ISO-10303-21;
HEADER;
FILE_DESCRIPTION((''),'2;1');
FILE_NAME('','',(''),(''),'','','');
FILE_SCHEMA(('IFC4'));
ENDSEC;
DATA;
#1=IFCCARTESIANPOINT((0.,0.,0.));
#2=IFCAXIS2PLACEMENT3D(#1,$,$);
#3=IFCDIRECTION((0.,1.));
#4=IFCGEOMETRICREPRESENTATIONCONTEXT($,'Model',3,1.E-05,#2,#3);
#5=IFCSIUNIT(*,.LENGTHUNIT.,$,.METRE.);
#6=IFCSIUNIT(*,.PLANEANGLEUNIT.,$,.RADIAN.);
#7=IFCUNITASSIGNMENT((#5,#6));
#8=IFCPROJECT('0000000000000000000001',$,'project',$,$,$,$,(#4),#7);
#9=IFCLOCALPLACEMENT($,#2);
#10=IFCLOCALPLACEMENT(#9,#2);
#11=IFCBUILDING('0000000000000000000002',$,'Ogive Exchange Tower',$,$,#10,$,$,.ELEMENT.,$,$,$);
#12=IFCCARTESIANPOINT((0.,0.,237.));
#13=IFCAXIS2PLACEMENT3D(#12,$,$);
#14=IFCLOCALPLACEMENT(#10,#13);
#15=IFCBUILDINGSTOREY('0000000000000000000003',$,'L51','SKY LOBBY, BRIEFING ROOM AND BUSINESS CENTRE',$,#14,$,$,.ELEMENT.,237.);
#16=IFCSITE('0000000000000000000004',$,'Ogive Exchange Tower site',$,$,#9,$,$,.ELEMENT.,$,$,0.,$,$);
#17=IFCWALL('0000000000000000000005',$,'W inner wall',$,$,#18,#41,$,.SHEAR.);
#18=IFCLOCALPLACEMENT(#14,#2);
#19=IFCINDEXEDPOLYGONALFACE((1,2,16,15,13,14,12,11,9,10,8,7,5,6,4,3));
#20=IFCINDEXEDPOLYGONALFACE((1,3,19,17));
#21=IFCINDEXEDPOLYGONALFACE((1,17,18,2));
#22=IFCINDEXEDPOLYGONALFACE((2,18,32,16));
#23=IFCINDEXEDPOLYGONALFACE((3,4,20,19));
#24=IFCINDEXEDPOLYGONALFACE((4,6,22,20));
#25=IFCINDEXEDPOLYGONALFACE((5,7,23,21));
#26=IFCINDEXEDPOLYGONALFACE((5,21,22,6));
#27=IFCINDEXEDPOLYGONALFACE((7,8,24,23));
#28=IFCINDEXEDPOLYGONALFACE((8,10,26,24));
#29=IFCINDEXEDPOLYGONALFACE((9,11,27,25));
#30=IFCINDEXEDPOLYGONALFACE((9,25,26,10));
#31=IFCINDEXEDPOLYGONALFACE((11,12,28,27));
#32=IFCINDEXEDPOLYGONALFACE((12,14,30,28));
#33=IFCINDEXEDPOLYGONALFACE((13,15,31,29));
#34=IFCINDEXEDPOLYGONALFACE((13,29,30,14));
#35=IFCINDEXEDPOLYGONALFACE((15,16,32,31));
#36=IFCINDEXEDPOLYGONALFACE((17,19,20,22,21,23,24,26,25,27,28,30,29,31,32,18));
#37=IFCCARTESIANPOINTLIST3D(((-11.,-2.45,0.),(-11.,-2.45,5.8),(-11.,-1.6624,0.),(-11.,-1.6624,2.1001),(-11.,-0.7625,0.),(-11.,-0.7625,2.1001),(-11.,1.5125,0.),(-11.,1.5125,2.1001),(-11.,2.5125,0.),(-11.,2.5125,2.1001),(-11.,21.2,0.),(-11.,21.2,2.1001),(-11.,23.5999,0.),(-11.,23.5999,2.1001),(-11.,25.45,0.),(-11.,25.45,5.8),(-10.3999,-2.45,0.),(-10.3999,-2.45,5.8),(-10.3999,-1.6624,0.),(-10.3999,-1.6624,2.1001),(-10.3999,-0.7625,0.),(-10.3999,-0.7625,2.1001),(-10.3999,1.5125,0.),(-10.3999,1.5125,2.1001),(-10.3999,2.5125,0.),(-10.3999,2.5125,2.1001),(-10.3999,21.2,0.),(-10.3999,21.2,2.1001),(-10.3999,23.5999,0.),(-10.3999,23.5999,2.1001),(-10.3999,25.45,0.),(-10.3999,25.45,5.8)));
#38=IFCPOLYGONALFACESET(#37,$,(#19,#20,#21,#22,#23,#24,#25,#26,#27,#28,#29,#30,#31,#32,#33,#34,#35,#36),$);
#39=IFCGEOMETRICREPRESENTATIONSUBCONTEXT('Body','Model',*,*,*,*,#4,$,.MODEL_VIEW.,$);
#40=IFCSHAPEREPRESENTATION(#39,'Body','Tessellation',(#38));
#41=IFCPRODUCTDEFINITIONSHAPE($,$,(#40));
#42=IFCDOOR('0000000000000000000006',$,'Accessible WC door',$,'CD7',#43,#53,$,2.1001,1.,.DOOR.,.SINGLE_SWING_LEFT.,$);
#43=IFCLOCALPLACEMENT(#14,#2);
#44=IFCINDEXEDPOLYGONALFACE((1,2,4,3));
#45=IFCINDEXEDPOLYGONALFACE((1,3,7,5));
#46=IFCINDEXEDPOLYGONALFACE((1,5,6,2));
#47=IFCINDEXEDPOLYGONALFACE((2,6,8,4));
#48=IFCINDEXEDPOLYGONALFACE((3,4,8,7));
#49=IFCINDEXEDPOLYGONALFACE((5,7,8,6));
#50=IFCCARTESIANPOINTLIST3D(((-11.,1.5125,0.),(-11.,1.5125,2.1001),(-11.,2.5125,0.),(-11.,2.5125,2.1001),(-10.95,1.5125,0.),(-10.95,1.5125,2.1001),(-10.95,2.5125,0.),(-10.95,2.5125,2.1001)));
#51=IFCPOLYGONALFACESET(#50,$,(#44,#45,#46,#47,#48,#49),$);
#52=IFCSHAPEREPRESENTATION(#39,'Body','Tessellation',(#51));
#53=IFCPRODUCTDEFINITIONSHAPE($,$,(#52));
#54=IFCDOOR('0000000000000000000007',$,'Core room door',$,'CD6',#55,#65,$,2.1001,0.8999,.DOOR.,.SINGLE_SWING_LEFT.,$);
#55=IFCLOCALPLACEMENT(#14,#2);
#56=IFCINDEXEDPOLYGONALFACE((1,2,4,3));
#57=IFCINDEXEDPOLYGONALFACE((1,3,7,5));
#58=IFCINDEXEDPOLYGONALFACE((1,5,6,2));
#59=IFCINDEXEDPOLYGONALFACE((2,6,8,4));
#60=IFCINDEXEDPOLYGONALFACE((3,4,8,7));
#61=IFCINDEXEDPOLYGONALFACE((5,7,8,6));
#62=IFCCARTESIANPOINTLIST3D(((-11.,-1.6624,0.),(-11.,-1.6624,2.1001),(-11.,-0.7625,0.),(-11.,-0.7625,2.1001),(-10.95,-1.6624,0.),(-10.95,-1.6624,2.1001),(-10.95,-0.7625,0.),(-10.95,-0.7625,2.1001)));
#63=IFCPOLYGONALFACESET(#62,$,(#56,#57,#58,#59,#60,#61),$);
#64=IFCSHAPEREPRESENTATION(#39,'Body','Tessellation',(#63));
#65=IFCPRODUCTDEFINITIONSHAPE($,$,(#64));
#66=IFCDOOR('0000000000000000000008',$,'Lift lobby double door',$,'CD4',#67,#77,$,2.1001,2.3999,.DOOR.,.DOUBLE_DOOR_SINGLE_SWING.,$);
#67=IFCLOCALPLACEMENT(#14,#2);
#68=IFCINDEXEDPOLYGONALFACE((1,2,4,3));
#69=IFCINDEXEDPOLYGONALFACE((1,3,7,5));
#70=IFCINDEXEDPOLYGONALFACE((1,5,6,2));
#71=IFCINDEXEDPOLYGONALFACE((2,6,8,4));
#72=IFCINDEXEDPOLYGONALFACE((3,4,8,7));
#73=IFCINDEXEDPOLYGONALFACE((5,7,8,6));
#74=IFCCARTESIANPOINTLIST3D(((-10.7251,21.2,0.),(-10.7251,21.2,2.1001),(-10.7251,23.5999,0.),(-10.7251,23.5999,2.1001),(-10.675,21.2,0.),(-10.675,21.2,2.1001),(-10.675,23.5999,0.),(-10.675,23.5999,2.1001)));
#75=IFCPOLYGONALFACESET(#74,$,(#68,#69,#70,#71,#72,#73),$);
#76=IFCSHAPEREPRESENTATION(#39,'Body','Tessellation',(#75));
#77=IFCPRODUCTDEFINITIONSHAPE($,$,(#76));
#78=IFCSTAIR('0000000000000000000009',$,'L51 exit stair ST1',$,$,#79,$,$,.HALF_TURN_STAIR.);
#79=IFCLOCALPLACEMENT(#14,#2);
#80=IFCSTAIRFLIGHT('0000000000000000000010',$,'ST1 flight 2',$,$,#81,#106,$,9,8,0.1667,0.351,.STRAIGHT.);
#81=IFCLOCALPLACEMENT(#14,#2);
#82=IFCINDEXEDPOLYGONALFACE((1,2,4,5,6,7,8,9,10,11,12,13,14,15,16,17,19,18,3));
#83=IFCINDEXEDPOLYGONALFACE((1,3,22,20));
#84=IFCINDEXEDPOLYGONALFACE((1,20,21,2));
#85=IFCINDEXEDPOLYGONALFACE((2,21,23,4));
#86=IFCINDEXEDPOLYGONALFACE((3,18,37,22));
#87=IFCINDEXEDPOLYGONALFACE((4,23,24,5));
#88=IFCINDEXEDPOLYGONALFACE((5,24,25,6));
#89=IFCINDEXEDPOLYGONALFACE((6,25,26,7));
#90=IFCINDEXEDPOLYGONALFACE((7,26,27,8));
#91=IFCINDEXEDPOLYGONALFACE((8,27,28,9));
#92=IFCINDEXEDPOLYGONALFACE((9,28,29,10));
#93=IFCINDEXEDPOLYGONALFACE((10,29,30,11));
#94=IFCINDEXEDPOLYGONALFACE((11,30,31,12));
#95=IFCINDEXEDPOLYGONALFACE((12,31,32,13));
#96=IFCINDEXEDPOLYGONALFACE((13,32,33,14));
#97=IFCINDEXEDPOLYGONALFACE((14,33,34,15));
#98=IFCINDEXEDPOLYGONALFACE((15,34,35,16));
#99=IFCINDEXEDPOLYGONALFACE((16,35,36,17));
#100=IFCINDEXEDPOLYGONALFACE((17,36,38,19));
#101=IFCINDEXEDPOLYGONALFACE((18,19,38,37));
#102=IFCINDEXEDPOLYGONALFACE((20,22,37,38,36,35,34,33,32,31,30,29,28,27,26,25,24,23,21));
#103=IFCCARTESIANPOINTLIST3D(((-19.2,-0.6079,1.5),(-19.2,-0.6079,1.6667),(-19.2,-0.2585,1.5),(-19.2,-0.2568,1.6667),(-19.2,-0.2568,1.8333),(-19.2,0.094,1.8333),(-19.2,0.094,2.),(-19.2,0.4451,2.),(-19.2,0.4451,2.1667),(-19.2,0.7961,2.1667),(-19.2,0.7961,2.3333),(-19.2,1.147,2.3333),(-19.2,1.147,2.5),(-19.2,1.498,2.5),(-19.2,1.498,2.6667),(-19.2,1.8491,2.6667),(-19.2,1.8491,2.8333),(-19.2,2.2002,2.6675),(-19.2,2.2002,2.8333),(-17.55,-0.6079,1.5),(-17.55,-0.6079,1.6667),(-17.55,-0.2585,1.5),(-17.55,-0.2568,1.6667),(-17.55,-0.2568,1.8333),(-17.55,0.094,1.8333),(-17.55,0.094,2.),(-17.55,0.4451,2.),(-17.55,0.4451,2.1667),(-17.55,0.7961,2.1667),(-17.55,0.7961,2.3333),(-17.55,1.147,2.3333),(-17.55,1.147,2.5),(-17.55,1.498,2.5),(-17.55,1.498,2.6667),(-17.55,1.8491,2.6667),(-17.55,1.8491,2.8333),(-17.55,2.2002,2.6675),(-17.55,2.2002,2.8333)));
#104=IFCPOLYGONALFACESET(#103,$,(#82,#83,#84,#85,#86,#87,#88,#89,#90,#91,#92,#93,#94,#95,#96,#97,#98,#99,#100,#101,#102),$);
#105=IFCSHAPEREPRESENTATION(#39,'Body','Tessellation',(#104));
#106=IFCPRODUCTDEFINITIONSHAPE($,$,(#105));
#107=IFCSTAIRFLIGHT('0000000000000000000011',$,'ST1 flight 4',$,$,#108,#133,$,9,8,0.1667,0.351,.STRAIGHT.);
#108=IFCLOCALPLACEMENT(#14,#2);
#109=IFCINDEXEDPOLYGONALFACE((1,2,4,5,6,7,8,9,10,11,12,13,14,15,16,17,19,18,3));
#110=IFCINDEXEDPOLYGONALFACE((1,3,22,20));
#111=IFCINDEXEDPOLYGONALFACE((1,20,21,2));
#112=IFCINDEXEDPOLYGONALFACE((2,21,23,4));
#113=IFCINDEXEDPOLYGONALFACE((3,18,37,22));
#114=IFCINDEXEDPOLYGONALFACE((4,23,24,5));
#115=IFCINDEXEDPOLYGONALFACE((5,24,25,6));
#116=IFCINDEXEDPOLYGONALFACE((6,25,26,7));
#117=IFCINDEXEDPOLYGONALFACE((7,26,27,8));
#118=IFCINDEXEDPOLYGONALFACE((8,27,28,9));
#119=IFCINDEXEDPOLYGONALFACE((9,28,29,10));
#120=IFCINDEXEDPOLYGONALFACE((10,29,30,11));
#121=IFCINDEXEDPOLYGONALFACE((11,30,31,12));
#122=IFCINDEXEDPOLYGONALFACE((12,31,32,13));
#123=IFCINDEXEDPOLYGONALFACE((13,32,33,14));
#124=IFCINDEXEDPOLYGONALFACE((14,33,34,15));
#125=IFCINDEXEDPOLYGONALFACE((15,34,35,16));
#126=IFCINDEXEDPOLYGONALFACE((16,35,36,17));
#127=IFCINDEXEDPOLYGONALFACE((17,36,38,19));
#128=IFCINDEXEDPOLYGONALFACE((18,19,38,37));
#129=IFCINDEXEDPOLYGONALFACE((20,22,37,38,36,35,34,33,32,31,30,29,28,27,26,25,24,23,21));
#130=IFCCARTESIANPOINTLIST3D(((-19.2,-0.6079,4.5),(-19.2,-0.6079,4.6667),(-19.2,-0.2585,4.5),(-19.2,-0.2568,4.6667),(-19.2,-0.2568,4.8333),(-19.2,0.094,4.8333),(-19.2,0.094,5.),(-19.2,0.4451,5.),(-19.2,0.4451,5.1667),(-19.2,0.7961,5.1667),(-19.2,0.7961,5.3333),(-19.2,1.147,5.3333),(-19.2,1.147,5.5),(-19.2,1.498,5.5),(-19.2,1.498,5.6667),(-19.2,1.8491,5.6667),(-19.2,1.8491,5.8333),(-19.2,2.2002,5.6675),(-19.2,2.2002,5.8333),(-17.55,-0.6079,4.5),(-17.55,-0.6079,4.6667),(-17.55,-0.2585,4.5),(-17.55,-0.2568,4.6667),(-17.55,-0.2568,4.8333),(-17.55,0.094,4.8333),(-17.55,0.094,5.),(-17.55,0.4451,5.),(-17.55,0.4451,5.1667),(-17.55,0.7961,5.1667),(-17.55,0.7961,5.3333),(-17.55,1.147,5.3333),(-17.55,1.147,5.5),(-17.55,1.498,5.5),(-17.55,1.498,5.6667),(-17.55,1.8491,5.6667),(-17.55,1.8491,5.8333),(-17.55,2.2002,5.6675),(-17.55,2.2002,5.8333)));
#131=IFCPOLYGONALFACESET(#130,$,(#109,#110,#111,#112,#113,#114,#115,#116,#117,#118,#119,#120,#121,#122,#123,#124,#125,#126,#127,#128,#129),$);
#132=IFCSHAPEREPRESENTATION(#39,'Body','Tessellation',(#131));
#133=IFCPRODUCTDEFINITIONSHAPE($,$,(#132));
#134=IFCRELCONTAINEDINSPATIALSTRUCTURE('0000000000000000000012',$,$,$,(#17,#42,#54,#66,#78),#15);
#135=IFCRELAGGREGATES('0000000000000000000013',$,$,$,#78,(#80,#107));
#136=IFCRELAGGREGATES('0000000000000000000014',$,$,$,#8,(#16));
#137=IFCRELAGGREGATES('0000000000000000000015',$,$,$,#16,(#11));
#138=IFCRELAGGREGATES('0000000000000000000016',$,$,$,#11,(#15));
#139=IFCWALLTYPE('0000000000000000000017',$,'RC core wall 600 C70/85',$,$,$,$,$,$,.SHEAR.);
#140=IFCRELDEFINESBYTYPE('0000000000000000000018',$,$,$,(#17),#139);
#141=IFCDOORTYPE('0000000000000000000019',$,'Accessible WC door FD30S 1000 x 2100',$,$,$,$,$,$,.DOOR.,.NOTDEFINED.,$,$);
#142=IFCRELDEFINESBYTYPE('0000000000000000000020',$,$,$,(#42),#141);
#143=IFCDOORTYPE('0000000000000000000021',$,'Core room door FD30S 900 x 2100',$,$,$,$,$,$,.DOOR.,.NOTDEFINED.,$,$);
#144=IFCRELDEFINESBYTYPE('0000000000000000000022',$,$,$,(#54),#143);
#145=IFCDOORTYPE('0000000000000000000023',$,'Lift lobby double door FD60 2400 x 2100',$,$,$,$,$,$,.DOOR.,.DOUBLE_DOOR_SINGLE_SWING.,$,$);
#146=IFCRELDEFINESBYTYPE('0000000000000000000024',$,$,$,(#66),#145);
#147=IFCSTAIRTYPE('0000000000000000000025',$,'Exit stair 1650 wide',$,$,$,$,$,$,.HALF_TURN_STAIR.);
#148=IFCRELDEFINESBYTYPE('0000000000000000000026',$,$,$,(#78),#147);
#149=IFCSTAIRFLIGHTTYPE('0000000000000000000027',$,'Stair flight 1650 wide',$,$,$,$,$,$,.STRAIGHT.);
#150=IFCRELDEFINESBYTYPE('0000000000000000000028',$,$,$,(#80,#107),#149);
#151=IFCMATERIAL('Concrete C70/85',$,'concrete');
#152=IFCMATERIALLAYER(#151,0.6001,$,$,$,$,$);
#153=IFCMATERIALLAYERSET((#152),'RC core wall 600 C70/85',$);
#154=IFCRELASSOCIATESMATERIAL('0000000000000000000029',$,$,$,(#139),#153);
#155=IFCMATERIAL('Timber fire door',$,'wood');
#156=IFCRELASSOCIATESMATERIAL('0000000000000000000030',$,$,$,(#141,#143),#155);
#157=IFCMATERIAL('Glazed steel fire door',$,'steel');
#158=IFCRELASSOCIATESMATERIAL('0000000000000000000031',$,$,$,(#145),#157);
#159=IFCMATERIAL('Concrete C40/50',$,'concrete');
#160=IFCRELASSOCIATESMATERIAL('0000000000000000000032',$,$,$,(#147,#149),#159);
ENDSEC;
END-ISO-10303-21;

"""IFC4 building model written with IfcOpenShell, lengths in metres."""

from ifc_helpers import new_model, si_unit, direction, frame, frame_2d, origin, place, context, subcontext, project, spatial, polyline, rectangle, outline, extrude, material, layer, layer_set, type_object, element, fill, aggregate, save


model = new_model("IFC4")

# Units and contexts
model_context = context("Model", 3, precision=1e-05, world=origin(), true_north=direction((0.0, 1.0)))
body_context = subcontext(model_context, "Body", "Model", "MODEL_VIEW")
ifc_project = project(units=[si_unit("LENGTHUNIT", "METRE"), si_unit("PLANEANGLEUNIT", "RADIAN")], contexts=[model_context])

# Site, building, storey
site_placement = place(None, origin())
site = spatial("IfcSite", under=ifc_project, at=site_placement, Name="Ogive Exchange Tower site", CompositionType="ELEMENT", RefElevation=0.0)
building_placement = place(site_placement, origin())
building = spatial("IfcBuilding", under=site, at=building_placement, Name="Ogive Exchange Tower", CompositionType="ELEMENT")
storey_placement = place(building_placement, frame((0.0, 0.0, 237.0)))
storey = spatial("IfcBuildingStorey", under=building, at=storey_placement, Name="L51", Description="SKY LOBBY, BRIEFING ROOM AND BUSINESS CENTRE", CompositionType="ELEMENT", Elevation=237.0)

# Wall, openings, doors
ifc_material_1 = material(Name="Concrete C70/85", Category="concrete")
ifc_layer_1 = layer(ifc_material_1, 0.6001)
ifc_layer_set_1 = layer_set([ifc_layer_1], Name="RC core wall 600 C70/85")
wall_type_1 = type_object("IfcWallType", Name="RC core wall 600 C70/85", PredefinedType="SHEAR", material=ifc_layer_set_1)
wall_1_placement = place(storey_placement, frame((-10.7, -2.45, 0.0), z_axis=(0.0, 0.0, 1.0), x_axis=(0.0, 1.0, 0.0)))
wall_1 = element("IfcWall", 1, at=wall_1_placement, inside=storey, type_object=wall_type_1, Name="W inner wall", PredefinedType="SHEAR", context=body_context, shape_type="SweptSolid", body=[
    extrude(rectangle(XDim=27.8999, YDim=0.6001, at=frame_2d((13.95, 0.0))), origin(), (0.0, 0.0, 1.0), 5.8),
])
opening_1_placement = place(wall_1_placement, frame((23.6499, 0.0, 0.0)))
opening_1 = element("IfcOpeningElement", 2, at=opening_1_placement, cuts=wall_1, PredefinedType="OPENING", context=body_context, shape_type="SweptSolid", body=[
    extrude(rectangle(XDim=2.3999, YDim=2.1001, at=frame_2d((1.2, 1.05))), frame((0.0, 0.3101, 0.0), z_axis=(0.0, -1.0, 0.0), x_axis=(1.0, 0.0, 0.0)), (0.0, 0.0, 1.0), 0.6201),
])
opening_2_placement = place(wall_1_placement, frame((0.7876, 0.0, 0.0)))
opening_2 = element("IfcOpeningElement", 3, at=opening_2_placement, cuts=wall_1, PredefinedType="OPENING", context=body_context, shape_type="SweptSolid", body=[
    extrude(rectangle(XDim=0.8999, YDim=2.1001, at=frame_2d((0.45, 1.05))), frame((0.0, 0.3101, 0.0), z_axis=(0.0, -1.0, 0.0), x_axis=(1.0, 0.0, 0.0)), (0.0, 0.0, 1.0), 0.6201),
])
opening_3_placement = place(wall_1_placement, frame((3.9624, 0.0, 0.0)))
opening_3 = element("IfcOpeningElement", 4, at=opening_3_placement, cuts=wall_1, PredefinedType="OPENING", context=body_context, shape_type="SweptSolid", body=[
    extrude(rectangle(XDim=1.0, YDim=2.1001, at=frame_2d((0.5, 1.05))), frame((0.0, 0.3101, 0.0), z_axis=(0.0, -1.0, 0.0), x_axis=(1.0, 0.0, 0.0)), (0.0, 0.0, 1.0), 0.6201),
])
ifc_material_2 = material(Name="Timber fire door", Category="wood")
door_type_1 = type_object("IfcDoorType", Name="Accessible WC door FD30S 1000 x 2100", OperationType="NOTDEFINED", PredefinedType="DOOR", material=ifc_material_2)
door_1_placement = place(opening_3_placement, frame((1.0, 0.5498, 0.0), z_axis=(0.0, 0.0, 1.0), x_axis=(-1.0, 0.0, 0.0)))
door_1 = element("IfcDoor", 5, at=door_1_placement, inside=storey, type_object=door_type_1, Name="Accessible WC door", ObjectType="CD7", OperationType="SINGLE_SWING_LEFT", OverallHeight=2.1001, OverallWidth=1.0, PredefinedType="DOOR", context=body_context, shape_type="SweptSolid", body=[
    extrude(rectangle(XDim=1.0, YDim=2.1001, at=frame_2d((0.5, 1.05))), frame((0.0, 0.2998, 0.0), z_axis=(0.0, -1.0, 0.0), x_axis=(1.0, 0.0, 0.0)), (0.0, 0.0, 1.0), 0.05),
])
fill(opening_3, door_1)
door_type_2 = type_object("IfcDoorType", Name="Core room door FD30S 900 x 2100", OperationType="NOTDEFINED", PredefinedType="DOOR", material=ifc_material_2)
door_2_placement = place(opening_2_placement, frame((0.8999, 0.5498, 0.0), z_axis=(0.0, 0.0, 1.0), x_axis=(-1.0, 0.0, 0.0)))
door_2 = element("IfcDoor", 6, at=door_2_placement, inside=storey, type_object=door_type_2, Name="Core room door", ObjectType="CD6", OperationType="SINGLE_SWING_LEFT", OverallHeight=2.1001, OverallWidth=0.8999, PredefinedType="DOOR", context=body_context, shape_type="SweptSolid", body=[
    extrude(rectangle(XDim=0.8999, YDim=2.1001, at=frame_2d((0.45, 1.05))), frame((0.0, 0.2998, 0.0), z_axis=(0.0, -1.0, 0.0), x_axis=(1.0, 0.0, 0.0)), (0.0, 0.0, 1.0), 0.05),
])
fill(opening_2, door_2)
ifc_material_3 = material(Name="Glazed steel fire door", Category="steel")
door_type_3 = type_object("IfcDoorType", Name="Lift lobby double door FD60 2400 x 2100", OperationType="DOUBLE_DOOR_SINGLE_SWING", PredefinedType="DOOR", material=ifc_material_3)
door_3_placement = place(opening_1_placement, frame((2.3999, 0.0, 0.0), z_axis=(0.0, 0.0, 1.0), x_axis=(-1.0, 0.0, 0.0)))
door_3 = element("IfcDoor", 7, at=door_3_placement, inside=storey, type_object=door_type_3, Name="Lift lobby double door", ObjectType="CD4", OperationType="DOUBLE_DOOR_SINGLE_SWING", OverallHeight=2.1001, OverallWidth=2.3999, PredefinedType="DOOR", context=body_context, shape_type="SweptSolid", body=[
    extrude(rectangle(XDim=2.3999, YDim=2.1001, at=frame_2d((1.2, 1.05))), frame((0.0, 0.0249, 0.0), z_axis=(0.0, -1.0, 0.0), x_axis=(1.0, 0.0, 0.0)), (0.0, 0.0, 1.0), 0.05),
])
fill(opening_1, door_3)

# Stair, stair flights
ifc_material_4 = material(Name="Concrete C40/50", Category="concrete")
stair_type = type_object("IfcStairType", Name="Exit stair 1650 wide", PredefinedType="HALF_TURN_STAIR", material=ifc_material_4)
stair_placement = place(storey_placement, origin())
stair = element("IfcStair", 8, at=stair_placement, inside=storey, type_object=stair_type, Name="L51 exit stair ST1", PredefinedType="HALF_TURN_STAIR")
stair_flight_type = type_object("IfcStairFlightType", Name="Stair flight 1650 wide", PredefinedType="STRAIGHT", material=ifc_material_4)
stair_flight_1_placement = place(storey_placement, frame((-18.375, -0.6079, 1.5), z_axis=(0.0, 0.0, 1.0), x_axis=(0.0, 1.0, 0.0)))
stair_flight_1 = element("IfcStairFlight", 9, at=stair_flight_1_placement, type_object=stair_flight_type, Name="ST1 flight 2", NumberOfRisers=9, NumberOfTreads=8, PredefinedType="STRAIGHT", RiserHeight=0.1667, TreadLength=0.351, context=body_context, shape_type="SweptSolid", body=[
    extrude(outline(polyline([(0.0, 0.0), (0.0, 0.1667), (0.3511, 0.1667), (0.3511, 0.3333), (0.7019, 0.3333), (0.7019, 0.5), (1.053, 0.5), (1.053, 0.6667), (1.4041, 0.6667), (1.4041, 0.8333), (1.7549, 0.8333), (1.7549, 1.0), (2.106, 1.0), (2.106, 1.1667), (2.457, 1.1667), (2.457, 1.3333), (2.8081, 1.3333), (2.8081, 1.5), (2.8081, 1.1675), (0.3494, 0.0), (0.0, 0.0)])), frame((0.0, 0.825, 0.0), z_axis=(0.0, -1.0, 0.0), x_axis=(1.0, 0.0, 0.0)), (0.0, 0.0, 1.0), 1.6499),
])
stair_flight_2_placement = place(storey_placement, frame((-18.375, -0.6079, 4.5), z_axis=(0.0, 0.0, 1.0), x_axis=(0.0, 1.0, 0.0)))
stair_flight_2 = element("IfcStairFlight", 10, at=stair_flight_2_placement, type_object=stair_flight_type, Name="ST1 flight 4", NumberOfRisers=9, NumberOfTreads=8, PredefinedType="STRAIGHT", RiserHeight=0.1667, TreadLength=0.351, context=body_context, shape_type="SweptSolid", body=[
    extrude(outline(polyline([(0.0, 0.0), (0.0, 0.1667), (0.3511, 0.1667), (0.3511, 0.3333), (0.7019, 0.3333), (0.7019, 0.5), (1.053, 0.5), (1.053, 0.6667), (1.4041, 0.6667), (1.4041, 0.8333), (1.7549, 0.8333), (1.7549, 1.0), (2.106, 1.0), (2.106, 1.1667), (2.457, 1.1667), (2.457, 1.3333), (2.8081, 1.3333), (2.8081, 1.5), (2.8081, 1.1675), (0.3494, 0.0), (0.0, 0.0)])), frame((0.0, 0.825, 0.0), z_axis=(0.0, -1.0, 0.0), x_axis=(1.0, 0.0, 0.0)), (0.0, 0.0, 1.0), 1.6499),
])
aggregate(stair, [stair_flight_1, stair_flight_2])

save(model, "model.ifc")
